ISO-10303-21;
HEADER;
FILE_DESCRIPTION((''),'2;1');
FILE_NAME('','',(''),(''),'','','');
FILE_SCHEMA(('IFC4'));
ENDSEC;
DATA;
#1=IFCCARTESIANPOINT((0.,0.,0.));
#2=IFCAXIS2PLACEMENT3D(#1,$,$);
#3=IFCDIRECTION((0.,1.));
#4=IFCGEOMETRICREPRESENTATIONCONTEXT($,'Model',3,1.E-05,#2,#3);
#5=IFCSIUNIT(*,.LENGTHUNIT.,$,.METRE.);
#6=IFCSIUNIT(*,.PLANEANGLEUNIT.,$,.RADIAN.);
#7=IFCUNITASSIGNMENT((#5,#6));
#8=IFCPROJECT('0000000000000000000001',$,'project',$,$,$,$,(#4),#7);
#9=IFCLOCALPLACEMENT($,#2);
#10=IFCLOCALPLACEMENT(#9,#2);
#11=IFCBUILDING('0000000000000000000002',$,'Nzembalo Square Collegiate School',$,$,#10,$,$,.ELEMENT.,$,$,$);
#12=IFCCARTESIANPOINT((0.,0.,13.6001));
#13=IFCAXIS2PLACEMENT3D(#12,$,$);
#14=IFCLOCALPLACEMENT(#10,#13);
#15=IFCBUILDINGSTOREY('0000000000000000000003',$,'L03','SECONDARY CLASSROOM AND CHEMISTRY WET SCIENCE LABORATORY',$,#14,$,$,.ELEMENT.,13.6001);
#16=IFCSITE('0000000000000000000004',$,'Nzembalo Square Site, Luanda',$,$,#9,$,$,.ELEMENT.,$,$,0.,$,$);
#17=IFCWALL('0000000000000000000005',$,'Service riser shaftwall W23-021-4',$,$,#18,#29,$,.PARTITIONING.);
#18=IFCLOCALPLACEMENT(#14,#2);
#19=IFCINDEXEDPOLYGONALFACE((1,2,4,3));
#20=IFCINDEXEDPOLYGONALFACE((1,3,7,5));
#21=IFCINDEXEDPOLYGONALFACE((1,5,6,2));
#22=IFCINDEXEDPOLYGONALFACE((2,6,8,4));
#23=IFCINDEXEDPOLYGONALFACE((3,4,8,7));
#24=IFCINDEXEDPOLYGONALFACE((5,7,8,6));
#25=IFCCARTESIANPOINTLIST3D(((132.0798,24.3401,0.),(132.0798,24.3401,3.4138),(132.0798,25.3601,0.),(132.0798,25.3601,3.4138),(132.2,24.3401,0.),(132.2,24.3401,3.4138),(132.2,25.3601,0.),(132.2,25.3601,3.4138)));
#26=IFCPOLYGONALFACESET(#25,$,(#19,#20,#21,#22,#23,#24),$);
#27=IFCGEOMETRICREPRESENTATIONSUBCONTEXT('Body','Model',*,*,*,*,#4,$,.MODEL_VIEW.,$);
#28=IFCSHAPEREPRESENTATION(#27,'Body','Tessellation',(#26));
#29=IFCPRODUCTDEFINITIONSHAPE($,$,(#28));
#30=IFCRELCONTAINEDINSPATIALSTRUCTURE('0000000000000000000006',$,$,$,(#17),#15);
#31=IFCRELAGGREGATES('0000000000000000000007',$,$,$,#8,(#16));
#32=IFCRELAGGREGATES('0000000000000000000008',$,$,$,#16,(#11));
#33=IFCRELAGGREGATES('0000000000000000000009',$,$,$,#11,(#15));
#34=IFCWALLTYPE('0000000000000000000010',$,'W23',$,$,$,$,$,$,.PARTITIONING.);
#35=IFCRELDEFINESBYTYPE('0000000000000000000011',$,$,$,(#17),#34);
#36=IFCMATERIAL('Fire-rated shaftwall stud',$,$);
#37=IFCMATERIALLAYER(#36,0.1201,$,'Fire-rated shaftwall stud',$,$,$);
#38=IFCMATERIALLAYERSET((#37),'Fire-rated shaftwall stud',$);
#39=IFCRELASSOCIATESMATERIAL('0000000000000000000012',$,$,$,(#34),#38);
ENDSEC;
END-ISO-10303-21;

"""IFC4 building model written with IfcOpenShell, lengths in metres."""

from ifc_helpers import new_model, si_unit, direction, frame, frame_2d, origin, place, context, subcontext, project, spatial, rectangle, extrude, material, layer, layer_set, type_object, element, save


model = new_model("IFC4")

# Units and contexts
model_context = context("Model", 3, precision=1e-05, world=origin(), true_north=direction((0.0, 1.0)))
body_context = subcontext(model_context, "Body", "Model", "MODEL_VIEW")
ifc_project = project(units=[si_unit("LENGTHUNIT", "METRE"), si_unit("PLANEANGLEUNIT", "RADIAN")], contexts=[model_context])

# Site, building, storey
site_placement = place(None, origin())
site = spatial("IfcSite", under=ifc_project, at=site_placement, Name="Nzembalo Square Site, Luanda", CompositionType="ELEMENT", RefElevation=0.0)
building_placement = place(site_placement, origin())
building = spatial("IfcBuilding", under=site, at=building_placement, Name="Nzembalo Square Collegiate School", CompositionType="ELEMENT")
storey_placement = place(building_placement, frame((0.0, 0.0, 13.6001)))
storey = spatial("IfcBuildingStorey", under=building, at=storey_placement, Name="L03", Description="SECONDARY CLASSROOM AND CHEMISTRY WET SCIENCE LABORATORY", CompositionType="ELEMENT", Elevation=13.6001)

# Wall
ifc_material_1 = material(Name="Fire-rated shaftwall stud")
ifc_layer_1 = layer(ifc_material_1, 0.1201, Name="Fire-rated shaftwall stud")
ifc_layer_set_1 = layer_set([ifc_layer_1], Name="Fire-rated shaftwall stud")
wall_type_1 = type_object("IfcWallType", Name="W23", PredefinedType="PARTITIONING", material=ifc_layer_set_1)
for number, where, z_axis, x_axis, name in (
    (1, (132.1399, 25.3601, 0.0), (0.0, 0.0, 1.0), (0.0, -1.0, 0.0), "Service riser shaftwall W23-021-4"),
):
    element("IfcWall", number, at=place(storey_placement, frame(where, z_axis=z_axis, x_axis=x_axis)), inside=storey, type_object=wall_type_1, Name=name, PredefinedType="PARTITIONING", context=body_context, shape_type="SweptSolid", body=[
        extrude(rectangle(XDim=1.02, YDim=0.1201, at=frame_2d((0.51, 0.0))), origin(), (0.0, 0.0, 1.0), 3.4138),
    ])

save(model, "model.ifc")
